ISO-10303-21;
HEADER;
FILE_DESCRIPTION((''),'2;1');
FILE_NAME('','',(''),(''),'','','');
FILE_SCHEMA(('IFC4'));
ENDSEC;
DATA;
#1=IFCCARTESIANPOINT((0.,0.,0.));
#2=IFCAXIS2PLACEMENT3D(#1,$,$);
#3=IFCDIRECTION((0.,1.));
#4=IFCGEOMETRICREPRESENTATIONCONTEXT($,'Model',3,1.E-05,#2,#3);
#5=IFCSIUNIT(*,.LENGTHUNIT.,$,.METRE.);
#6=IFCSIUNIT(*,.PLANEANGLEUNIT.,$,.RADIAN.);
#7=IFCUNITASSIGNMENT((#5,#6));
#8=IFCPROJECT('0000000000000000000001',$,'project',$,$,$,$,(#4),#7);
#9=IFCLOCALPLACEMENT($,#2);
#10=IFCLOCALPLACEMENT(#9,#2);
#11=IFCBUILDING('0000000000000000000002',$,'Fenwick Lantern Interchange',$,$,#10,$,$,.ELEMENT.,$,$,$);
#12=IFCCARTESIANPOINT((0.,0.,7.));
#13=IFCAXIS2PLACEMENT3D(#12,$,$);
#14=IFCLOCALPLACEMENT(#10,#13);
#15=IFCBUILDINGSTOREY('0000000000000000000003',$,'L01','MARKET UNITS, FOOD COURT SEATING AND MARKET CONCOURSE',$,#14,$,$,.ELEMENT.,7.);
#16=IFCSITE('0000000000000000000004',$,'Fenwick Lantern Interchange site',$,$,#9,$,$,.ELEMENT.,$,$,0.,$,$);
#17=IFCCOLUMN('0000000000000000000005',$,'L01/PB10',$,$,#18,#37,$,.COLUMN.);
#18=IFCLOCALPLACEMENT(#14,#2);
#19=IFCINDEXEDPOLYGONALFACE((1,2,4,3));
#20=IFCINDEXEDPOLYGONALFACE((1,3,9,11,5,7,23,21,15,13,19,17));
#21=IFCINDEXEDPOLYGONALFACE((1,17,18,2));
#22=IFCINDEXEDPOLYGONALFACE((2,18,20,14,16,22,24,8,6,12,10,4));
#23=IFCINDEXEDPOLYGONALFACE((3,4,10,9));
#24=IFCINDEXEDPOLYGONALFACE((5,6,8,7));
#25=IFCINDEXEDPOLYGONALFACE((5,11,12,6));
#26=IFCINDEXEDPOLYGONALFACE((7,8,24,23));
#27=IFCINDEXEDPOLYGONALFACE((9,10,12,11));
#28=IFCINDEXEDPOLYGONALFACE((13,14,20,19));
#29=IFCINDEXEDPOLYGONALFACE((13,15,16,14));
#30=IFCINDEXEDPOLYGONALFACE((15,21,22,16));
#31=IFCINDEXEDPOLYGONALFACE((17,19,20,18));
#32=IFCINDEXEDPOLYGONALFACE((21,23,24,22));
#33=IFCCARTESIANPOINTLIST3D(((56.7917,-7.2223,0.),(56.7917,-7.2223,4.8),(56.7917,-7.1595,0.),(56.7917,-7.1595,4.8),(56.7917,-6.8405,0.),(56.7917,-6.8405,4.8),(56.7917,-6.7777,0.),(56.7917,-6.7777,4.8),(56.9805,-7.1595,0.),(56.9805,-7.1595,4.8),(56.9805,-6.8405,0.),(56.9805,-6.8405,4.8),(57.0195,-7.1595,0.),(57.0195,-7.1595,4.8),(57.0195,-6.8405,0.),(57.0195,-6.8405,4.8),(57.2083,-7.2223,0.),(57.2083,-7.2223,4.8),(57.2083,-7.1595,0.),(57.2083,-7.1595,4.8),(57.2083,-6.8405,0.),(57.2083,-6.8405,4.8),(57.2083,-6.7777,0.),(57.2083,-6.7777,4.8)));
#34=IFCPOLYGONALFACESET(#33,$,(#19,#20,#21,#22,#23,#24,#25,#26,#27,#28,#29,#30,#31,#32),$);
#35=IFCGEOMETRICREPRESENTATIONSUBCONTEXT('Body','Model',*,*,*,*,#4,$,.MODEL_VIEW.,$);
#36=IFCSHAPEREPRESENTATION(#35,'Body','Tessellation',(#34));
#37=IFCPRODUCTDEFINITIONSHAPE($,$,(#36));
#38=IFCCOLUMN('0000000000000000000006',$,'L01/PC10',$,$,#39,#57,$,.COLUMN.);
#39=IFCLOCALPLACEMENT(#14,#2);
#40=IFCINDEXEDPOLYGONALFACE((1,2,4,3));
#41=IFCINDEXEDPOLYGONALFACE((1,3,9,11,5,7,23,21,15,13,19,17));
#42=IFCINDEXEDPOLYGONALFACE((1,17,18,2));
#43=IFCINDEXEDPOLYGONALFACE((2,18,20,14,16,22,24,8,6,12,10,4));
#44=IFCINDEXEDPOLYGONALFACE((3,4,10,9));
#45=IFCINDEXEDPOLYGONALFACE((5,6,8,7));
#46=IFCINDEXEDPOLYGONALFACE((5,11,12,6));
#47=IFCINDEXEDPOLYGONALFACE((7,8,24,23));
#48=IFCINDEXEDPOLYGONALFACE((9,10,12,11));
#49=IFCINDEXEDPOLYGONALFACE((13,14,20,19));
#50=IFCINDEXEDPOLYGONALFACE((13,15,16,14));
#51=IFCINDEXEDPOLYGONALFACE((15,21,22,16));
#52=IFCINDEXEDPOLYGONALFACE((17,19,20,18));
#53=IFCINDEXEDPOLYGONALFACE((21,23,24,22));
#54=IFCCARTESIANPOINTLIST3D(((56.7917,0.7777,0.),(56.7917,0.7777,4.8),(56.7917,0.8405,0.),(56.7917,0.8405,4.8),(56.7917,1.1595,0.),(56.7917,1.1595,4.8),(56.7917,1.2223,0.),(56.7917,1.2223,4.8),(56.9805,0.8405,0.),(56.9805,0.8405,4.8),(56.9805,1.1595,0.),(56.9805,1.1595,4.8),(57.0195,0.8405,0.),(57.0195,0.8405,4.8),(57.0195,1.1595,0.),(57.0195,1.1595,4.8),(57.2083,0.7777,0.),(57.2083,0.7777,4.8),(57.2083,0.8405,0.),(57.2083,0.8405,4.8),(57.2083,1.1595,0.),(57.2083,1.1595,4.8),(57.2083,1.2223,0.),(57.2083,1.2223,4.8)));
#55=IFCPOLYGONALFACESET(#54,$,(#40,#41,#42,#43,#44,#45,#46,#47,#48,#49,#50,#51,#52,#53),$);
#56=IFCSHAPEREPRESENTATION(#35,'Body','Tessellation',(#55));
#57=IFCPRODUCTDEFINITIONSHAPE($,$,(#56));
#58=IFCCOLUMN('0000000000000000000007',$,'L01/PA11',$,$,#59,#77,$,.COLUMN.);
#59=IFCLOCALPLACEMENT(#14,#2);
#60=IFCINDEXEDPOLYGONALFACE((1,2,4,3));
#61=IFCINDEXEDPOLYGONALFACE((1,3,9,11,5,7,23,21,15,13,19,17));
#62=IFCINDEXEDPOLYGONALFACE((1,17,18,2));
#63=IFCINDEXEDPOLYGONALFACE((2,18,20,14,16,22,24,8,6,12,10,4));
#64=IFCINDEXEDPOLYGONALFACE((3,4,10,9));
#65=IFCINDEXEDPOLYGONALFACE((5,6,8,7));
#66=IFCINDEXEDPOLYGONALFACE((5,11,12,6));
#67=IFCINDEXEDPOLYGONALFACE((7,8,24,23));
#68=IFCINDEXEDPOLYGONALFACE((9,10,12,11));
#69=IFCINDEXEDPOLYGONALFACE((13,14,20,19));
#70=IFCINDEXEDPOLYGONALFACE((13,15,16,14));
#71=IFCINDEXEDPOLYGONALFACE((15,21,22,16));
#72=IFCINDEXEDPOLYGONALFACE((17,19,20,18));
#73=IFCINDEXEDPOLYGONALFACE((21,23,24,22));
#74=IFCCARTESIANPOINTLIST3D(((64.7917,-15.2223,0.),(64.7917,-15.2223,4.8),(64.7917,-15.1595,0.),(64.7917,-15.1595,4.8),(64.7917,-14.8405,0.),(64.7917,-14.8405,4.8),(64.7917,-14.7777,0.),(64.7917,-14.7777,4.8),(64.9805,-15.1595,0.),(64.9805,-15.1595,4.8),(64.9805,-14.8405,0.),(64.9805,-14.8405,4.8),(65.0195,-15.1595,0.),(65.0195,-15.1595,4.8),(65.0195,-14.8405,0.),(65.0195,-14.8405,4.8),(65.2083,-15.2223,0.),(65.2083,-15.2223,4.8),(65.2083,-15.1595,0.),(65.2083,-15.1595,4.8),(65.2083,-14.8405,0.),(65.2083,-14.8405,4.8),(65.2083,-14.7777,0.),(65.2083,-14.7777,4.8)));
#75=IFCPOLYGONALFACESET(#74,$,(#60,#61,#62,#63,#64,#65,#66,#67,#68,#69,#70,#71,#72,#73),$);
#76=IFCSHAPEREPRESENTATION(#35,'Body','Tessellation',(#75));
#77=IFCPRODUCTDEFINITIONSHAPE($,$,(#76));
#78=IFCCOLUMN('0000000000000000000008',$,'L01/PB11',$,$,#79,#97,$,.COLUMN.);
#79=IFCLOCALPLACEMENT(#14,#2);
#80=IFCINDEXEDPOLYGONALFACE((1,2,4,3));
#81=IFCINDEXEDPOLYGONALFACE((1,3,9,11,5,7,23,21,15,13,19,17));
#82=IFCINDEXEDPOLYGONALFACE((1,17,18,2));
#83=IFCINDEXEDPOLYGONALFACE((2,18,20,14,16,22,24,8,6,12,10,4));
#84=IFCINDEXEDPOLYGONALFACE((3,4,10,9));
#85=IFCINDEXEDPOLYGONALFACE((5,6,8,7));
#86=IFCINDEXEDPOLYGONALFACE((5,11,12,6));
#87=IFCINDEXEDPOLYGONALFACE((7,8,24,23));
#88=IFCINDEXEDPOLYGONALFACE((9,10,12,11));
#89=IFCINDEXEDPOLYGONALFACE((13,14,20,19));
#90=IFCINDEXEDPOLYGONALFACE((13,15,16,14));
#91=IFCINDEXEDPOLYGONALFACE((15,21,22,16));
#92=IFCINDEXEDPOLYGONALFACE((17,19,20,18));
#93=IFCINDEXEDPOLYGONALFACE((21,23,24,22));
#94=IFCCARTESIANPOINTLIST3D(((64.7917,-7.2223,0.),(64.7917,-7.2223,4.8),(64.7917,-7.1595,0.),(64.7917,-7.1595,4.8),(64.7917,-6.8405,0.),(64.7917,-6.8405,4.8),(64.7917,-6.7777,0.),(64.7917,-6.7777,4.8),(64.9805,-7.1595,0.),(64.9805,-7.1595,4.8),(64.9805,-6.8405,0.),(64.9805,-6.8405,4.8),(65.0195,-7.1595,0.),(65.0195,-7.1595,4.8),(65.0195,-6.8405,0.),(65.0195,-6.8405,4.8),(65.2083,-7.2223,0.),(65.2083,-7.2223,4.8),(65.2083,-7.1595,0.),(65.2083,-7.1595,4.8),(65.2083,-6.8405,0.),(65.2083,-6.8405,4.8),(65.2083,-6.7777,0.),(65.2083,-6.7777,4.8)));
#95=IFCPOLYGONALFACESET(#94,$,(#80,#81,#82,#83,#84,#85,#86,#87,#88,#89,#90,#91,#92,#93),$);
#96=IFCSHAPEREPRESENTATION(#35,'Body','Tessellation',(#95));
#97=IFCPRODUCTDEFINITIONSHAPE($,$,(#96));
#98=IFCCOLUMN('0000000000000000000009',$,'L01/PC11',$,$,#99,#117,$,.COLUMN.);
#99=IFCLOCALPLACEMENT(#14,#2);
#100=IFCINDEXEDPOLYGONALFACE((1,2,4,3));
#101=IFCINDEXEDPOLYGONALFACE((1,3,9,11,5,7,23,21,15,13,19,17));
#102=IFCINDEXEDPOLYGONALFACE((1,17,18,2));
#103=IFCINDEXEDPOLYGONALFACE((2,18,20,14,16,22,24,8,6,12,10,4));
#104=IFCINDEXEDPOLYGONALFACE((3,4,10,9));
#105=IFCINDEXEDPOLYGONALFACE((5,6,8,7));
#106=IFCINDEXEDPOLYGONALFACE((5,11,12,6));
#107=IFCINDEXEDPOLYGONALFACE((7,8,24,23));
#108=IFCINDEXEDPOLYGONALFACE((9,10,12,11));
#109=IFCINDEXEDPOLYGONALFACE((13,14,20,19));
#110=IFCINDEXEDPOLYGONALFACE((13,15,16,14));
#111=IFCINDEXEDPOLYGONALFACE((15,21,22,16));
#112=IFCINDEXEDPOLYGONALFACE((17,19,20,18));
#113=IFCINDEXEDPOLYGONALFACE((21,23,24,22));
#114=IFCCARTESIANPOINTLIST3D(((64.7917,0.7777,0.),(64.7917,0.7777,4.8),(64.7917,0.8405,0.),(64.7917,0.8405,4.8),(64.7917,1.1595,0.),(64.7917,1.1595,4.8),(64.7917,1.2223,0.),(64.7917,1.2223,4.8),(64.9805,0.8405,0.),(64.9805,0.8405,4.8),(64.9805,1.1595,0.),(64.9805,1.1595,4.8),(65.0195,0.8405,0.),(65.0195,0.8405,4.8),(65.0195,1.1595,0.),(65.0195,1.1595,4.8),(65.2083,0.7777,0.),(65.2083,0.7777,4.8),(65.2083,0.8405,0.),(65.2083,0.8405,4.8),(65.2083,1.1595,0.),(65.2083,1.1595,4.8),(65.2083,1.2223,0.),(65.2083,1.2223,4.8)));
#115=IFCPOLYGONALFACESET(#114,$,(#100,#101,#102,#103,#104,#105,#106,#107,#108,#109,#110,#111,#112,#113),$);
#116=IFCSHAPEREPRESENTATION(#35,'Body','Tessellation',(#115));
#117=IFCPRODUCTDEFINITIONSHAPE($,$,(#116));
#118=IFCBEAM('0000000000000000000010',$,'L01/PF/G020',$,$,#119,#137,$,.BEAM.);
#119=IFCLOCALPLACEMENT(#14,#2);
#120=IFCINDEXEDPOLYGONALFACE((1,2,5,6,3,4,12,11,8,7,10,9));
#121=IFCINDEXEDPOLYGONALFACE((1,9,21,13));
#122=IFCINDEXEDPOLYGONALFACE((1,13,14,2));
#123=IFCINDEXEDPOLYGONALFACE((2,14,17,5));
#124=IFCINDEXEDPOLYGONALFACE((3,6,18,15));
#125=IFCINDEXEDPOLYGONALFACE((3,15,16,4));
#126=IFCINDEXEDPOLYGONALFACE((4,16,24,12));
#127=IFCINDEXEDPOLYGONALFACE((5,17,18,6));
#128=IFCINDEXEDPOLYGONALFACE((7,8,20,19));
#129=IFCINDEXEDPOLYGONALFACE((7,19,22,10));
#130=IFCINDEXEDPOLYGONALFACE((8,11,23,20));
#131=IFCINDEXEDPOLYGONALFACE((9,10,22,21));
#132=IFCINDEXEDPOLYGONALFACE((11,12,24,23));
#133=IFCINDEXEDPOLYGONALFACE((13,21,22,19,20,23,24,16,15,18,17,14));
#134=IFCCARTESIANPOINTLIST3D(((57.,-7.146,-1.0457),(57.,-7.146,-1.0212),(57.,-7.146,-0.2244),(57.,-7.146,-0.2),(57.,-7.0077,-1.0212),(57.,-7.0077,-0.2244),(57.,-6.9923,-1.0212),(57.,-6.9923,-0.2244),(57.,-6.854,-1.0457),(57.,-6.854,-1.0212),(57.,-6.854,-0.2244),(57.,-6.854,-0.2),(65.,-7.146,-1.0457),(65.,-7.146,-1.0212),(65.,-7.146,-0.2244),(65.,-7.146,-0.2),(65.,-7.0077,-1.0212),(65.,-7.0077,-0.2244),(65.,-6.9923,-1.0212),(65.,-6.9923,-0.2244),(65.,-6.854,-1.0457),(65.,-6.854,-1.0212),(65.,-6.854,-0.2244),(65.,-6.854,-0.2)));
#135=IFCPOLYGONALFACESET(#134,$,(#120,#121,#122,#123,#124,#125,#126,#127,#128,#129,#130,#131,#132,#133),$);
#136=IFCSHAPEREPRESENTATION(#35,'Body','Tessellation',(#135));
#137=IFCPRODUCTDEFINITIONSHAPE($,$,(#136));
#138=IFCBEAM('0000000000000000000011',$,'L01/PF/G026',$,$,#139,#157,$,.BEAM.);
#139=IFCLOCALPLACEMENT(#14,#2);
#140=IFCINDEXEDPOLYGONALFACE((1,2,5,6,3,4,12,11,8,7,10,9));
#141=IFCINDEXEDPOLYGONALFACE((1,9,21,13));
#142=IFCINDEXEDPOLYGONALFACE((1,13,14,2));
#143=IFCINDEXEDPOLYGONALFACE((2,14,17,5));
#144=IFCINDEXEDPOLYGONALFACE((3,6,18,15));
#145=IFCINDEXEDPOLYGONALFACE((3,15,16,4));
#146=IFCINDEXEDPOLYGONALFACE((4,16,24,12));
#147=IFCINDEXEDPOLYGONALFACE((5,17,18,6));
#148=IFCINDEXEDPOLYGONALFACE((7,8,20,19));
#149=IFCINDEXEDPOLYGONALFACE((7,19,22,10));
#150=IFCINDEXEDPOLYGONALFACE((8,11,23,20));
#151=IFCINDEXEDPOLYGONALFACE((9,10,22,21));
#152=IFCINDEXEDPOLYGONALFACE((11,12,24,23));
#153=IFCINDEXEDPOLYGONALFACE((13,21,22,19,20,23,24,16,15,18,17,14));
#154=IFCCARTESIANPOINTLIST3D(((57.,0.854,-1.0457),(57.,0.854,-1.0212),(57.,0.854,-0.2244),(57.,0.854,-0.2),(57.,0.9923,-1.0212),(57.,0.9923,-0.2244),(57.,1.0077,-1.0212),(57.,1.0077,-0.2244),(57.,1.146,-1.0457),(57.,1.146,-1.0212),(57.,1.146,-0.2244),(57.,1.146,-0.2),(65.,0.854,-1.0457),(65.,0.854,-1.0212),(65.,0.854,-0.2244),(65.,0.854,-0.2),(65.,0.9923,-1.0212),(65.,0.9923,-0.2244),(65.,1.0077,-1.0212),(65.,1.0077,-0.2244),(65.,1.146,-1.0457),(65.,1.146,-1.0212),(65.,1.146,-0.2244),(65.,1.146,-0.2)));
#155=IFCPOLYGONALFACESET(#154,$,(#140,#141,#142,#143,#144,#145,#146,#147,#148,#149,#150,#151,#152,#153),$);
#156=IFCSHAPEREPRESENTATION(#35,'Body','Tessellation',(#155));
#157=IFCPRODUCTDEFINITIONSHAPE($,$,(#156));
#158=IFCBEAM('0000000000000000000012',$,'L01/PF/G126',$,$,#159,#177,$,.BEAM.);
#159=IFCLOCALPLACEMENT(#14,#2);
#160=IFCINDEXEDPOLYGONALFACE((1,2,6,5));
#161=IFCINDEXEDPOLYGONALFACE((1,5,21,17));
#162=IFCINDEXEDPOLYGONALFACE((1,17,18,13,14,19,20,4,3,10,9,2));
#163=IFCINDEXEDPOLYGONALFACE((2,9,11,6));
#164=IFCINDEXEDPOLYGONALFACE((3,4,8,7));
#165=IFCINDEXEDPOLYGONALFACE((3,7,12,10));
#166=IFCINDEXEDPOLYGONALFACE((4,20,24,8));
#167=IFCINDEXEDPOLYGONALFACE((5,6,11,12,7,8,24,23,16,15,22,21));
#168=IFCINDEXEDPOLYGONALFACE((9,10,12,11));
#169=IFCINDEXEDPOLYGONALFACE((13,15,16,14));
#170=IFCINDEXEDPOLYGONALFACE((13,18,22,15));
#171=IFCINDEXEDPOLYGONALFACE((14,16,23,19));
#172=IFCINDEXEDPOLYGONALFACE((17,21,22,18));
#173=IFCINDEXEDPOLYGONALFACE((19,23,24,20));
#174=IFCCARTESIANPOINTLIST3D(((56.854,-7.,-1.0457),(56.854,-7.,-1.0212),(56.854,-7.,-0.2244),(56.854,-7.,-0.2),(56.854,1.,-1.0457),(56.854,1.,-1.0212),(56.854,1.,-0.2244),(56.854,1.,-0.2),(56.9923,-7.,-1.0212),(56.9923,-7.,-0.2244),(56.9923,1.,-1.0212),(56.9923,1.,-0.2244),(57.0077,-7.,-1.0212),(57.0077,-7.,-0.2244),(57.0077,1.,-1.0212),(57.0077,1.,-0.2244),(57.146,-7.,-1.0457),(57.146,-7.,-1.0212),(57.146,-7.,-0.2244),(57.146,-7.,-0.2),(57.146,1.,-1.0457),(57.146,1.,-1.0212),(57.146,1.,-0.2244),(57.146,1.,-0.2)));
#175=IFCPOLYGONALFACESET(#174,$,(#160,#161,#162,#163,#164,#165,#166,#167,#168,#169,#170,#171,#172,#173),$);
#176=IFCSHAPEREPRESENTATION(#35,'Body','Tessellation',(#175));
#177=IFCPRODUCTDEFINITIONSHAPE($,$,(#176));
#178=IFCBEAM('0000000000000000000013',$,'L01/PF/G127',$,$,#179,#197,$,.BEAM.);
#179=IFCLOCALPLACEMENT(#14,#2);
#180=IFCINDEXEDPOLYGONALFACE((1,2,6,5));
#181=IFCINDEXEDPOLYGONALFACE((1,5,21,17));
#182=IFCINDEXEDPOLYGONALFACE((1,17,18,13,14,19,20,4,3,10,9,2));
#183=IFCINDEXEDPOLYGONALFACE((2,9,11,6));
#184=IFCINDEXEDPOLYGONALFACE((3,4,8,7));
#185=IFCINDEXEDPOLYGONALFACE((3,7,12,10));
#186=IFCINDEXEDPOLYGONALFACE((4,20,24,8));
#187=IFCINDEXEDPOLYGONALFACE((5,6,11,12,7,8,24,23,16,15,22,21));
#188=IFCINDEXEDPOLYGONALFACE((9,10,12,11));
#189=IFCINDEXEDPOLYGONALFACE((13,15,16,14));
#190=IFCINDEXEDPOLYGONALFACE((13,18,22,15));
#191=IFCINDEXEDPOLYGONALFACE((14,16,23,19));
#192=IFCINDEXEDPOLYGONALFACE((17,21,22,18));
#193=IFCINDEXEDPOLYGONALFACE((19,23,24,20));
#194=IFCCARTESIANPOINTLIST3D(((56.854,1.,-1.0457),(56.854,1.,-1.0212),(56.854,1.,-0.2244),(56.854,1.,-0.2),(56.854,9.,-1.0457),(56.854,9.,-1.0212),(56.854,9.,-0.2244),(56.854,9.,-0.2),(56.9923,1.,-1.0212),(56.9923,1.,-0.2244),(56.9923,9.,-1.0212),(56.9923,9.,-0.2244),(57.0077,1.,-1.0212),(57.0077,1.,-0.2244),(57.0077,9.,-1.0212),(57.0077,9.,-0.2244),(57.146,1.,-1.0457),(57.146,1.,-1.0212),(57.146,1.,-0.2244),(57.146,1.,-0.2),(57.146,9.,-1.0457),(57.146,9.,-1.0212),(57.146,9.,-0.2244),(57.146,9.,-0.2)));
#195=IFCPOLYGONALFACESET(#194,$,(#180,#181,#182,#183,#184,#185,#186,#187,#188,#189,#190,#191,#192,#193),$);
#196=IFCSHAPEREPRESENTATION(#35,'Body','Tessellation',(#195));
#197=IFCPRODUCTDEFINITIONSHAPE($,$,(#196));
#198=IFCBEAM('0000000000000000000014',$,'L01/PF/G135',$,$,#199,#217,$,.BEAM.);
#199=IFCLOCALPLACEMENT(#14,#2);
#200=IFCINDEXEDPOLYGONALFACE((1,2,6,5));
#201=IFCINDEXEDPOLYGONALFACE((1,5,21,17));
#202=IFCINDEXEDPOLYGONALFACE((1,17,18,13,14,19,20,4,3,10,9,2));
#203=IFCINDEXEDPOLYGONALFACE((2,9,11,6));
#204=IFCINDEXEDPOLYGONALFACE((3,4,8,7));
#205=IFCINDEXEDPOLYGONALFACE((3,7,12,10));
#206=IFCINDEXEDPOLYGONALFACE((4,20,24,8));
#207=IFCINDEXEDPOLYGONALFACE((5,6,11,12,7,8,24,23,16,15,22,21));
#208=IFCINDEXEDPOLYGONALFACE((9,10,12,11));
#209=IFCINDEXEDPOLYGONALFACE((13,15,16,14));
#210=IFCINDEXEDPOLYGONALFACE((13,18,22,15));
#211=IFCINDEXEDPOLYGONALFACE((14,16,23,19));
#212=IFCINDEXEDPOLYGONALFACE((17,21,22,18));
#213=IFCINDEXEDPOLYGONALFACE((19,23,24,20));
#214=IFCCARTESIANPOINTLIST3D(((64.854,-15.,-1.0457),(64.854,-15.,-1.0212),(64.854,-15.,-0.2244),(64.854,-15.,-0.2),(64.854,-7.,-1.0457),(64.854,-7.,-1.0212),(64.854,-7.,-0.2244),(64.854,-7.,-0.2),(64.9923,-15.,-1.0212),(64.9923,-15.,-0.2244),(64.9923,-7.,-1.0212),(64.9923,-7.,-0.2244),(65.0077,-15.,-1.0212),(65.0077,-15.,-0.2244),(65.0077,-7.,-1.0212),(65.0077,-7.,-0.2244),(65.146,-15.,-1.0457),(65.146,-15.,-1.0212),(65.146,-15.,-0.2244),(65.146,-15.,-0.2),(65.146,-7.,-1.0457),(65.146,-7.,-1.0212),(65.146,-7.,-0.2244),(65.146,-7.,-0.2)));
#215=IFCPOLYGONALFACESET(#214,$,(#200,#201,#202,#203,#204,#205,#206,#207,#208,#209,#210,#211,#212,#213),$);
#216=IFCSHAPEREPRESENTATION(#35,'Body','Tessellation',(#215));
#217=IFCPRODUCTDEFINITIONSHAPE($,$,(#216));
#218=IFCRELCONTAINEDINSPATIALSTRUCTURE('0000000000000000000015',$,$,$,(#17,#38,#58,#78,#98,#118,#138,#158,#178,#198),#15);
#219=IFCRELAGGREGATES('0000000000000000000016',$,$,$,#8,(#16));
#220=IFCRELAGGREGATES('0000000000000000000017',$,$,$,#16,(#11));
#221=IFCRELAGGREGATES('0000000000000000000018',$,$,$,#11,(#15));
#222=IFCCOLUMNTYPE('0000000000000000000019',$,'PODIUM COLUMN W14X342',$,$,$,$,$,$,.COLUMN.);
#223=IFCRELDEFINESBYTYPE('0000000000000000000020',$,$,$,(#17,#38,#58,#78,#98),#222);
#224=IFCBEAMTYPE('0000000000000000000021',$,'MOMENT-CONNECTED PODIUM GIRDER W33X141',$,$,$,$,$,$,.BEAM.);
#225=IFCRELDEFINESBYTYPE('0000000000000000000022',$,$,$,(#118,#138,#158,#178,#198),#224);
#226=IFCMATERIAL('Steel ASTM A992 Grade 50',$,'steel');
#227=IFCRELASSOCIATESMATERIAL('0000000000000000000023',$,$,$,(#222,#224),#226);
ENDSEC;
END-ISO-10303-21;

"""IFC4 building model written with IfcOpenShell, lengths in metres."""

from ifc_helpers import new_model, si_unit, direction, frame, origin, origin_2d, place, context, subcontext, project, spatial, i_section, extrude, material, material_profile, profile_set, type_object, element, save


model = new_model("IFC4")

# Units and contexts
model_context = context("Model", 3, precision=1e-05, world=origin(), true_north=direction((0.0, 1.0)))
body_context = subcontext(model_context, "Body", "Model", "MODEL_VIEW")
ifc_project = project(units=[si_unit("LENGTHUNIT", "METRE"), si_unit("PLANEANGLEUNIT", "RADIAN")], contexts=[model_context])

# Site, building, storey
site_placement = place(None, origin())
site = spatial("IfcSite", under=ifc_project, at=site_placement, Name="Fenwick Lantern Interchange site", CompositionType="ELEMENT", RefElevation=0.0)
building_placement = place(site_placement, origin())
building = spatial("IfcBuilding", under=site, at=building_placement, Name="Fenwick Lantern Interchange", CompositionType="ELEMENT")
storey_placement = place(building_placement, frame((0.0, 0.0, 7.0)))
storey = spatial("IfcBuildingStorey", under=building, at=storey_placement, Name="L01", Description="MARKET UNITS, FOOD COURT SEATING AND MARKET CONCOURSE", CompositionType="ELEMENT", Elevation=7.0)

# Columns
ifc_material_1 = material(Name="Steel ASTM A992 Grade 50", Category="steel")
ifc_material_profile_1 = material_profile(ifc_material_1, i_section(OverallWidth=0.4165, OverallDepth=0.4446, WebThickness=0.0391, FlangeThickness=0.0627, at=origin_2d()), Name="W14X342")
ifc_profile_set_1 = profile_set([ifc_material_profile_1], Name="Steel ASTM A992 Grade 50")
column_type = type_object("IfcColumnType", Name="PODIUM COLUMN W14X342", PredefinedType="COLUMN", material=ifc_profile_set_1)
for number, where, z_axis, x_axis, name in (
    (1, (57.0, -7.0, 0.0), (0.0, 0.0, 1.0), (1.0, 0.0, 0.0), "L01/PB10"),
    (2, (57.0, 1.0, 0.0), (0.0, 0.0, 1.0), (1.0, 0.0, 0.0), "L01/PC10"),
    (3, (65.0, -15.0, 0.0), (0.0, 0.0, 1.0), (1.0, 0.0, 0.0), "L01/PA11"),
    (4, (65.0, -7.0, 0.0), (0.0, 0.0, 1.0), (1.0, 0.0, 0.0), "L01/PB11"),
    (5, (65.0, 1.0, 0.0), (0.0, 0.0, 1.0), (1.0, 0.0, 0.0), "L01/PC11"),
):
    element("IfcColumn", number, at=place(storey_placement, frame(where, z_axis=z_axis, x_axis=x_axis)), inside=storey, type_object=column_type, Name=name, PredefinedType="COLUMN", context=body_context, shape_type="SweptSolid", body=[
        extrude(i_section(OverallWidth=0.4165, OverallDepth=0.4446, WebThickness=0.0391, FlangeThickness=0.0627, at=origin_2d()), origin(), (0.0, 0.0, 1.0), 4.8),
    ])

# Beams
ifc_material_profile_2 = material_profile(ifc_material_1, i_section(OverallWidth=0.292, OverallDepth=0.8457, WebThickness=0.0154, FlangeThickness=0.0244, at=origin_2d()), Name="W33X141")
ifc_profile_set_2 = profile_set([ifc_material_profile_2], Name="Steel ASTM A992 Grade 50")
beam_type_1 = type_object("IfcBeamType", Name="MOMENT-CONNECTED PODIUM GIRDER W33X141", PredefinedType="BEAM", material=ifc_profile_set_2)
for number, where, z_axis, x_axis, name in (
    (6, (57.0, -7.0, -0.6228), (1.0, 0.0, 0.0), (0.0, 1.0, 0.0), "L01/PF/G020"),
    (7, (57.0, 1.0, -0.6228), (1.0, 0.0, 0.0), (0.0, 1.0, 0.0), "L01/PF/G026"),
    (8, (57.0, -7.0, -0.6228), (0.0, 1.0, 0.0), (-1.0, 0.0, 0.0), "L01/PF/G126"),
    (9, (57.0, 1.0, -0.6228), (0.0, 1.0, 0.0), (-1.0, 0.0, 0.0), "L01/PF/G127"),
    (10, (65.0, -15.0, -0.6228), (0.0, 1.0, 0.0), (-1.0, 0.0, 0.0), "L01/PF/G135"),
):
    element("IfcBeam", number, at=place(storey_placement, frame(where, z_axis=z_axis, x_axis=x_axis)), inside=storey, type_object=beam_type_1, Name=name, PredefinedType="BEAM", context=body_context, shape_type="SweptSolid", body=[
        extrude(i_section(OverallWidth=0.292, OverallDepth=0.8457, WebThickness=0.0154, FlangeThickness=0.0244, at=origin_2d()), origin(), (0.0, 0.0, 1.0), 8.0),
    ])

save(model, "model.ifc")
